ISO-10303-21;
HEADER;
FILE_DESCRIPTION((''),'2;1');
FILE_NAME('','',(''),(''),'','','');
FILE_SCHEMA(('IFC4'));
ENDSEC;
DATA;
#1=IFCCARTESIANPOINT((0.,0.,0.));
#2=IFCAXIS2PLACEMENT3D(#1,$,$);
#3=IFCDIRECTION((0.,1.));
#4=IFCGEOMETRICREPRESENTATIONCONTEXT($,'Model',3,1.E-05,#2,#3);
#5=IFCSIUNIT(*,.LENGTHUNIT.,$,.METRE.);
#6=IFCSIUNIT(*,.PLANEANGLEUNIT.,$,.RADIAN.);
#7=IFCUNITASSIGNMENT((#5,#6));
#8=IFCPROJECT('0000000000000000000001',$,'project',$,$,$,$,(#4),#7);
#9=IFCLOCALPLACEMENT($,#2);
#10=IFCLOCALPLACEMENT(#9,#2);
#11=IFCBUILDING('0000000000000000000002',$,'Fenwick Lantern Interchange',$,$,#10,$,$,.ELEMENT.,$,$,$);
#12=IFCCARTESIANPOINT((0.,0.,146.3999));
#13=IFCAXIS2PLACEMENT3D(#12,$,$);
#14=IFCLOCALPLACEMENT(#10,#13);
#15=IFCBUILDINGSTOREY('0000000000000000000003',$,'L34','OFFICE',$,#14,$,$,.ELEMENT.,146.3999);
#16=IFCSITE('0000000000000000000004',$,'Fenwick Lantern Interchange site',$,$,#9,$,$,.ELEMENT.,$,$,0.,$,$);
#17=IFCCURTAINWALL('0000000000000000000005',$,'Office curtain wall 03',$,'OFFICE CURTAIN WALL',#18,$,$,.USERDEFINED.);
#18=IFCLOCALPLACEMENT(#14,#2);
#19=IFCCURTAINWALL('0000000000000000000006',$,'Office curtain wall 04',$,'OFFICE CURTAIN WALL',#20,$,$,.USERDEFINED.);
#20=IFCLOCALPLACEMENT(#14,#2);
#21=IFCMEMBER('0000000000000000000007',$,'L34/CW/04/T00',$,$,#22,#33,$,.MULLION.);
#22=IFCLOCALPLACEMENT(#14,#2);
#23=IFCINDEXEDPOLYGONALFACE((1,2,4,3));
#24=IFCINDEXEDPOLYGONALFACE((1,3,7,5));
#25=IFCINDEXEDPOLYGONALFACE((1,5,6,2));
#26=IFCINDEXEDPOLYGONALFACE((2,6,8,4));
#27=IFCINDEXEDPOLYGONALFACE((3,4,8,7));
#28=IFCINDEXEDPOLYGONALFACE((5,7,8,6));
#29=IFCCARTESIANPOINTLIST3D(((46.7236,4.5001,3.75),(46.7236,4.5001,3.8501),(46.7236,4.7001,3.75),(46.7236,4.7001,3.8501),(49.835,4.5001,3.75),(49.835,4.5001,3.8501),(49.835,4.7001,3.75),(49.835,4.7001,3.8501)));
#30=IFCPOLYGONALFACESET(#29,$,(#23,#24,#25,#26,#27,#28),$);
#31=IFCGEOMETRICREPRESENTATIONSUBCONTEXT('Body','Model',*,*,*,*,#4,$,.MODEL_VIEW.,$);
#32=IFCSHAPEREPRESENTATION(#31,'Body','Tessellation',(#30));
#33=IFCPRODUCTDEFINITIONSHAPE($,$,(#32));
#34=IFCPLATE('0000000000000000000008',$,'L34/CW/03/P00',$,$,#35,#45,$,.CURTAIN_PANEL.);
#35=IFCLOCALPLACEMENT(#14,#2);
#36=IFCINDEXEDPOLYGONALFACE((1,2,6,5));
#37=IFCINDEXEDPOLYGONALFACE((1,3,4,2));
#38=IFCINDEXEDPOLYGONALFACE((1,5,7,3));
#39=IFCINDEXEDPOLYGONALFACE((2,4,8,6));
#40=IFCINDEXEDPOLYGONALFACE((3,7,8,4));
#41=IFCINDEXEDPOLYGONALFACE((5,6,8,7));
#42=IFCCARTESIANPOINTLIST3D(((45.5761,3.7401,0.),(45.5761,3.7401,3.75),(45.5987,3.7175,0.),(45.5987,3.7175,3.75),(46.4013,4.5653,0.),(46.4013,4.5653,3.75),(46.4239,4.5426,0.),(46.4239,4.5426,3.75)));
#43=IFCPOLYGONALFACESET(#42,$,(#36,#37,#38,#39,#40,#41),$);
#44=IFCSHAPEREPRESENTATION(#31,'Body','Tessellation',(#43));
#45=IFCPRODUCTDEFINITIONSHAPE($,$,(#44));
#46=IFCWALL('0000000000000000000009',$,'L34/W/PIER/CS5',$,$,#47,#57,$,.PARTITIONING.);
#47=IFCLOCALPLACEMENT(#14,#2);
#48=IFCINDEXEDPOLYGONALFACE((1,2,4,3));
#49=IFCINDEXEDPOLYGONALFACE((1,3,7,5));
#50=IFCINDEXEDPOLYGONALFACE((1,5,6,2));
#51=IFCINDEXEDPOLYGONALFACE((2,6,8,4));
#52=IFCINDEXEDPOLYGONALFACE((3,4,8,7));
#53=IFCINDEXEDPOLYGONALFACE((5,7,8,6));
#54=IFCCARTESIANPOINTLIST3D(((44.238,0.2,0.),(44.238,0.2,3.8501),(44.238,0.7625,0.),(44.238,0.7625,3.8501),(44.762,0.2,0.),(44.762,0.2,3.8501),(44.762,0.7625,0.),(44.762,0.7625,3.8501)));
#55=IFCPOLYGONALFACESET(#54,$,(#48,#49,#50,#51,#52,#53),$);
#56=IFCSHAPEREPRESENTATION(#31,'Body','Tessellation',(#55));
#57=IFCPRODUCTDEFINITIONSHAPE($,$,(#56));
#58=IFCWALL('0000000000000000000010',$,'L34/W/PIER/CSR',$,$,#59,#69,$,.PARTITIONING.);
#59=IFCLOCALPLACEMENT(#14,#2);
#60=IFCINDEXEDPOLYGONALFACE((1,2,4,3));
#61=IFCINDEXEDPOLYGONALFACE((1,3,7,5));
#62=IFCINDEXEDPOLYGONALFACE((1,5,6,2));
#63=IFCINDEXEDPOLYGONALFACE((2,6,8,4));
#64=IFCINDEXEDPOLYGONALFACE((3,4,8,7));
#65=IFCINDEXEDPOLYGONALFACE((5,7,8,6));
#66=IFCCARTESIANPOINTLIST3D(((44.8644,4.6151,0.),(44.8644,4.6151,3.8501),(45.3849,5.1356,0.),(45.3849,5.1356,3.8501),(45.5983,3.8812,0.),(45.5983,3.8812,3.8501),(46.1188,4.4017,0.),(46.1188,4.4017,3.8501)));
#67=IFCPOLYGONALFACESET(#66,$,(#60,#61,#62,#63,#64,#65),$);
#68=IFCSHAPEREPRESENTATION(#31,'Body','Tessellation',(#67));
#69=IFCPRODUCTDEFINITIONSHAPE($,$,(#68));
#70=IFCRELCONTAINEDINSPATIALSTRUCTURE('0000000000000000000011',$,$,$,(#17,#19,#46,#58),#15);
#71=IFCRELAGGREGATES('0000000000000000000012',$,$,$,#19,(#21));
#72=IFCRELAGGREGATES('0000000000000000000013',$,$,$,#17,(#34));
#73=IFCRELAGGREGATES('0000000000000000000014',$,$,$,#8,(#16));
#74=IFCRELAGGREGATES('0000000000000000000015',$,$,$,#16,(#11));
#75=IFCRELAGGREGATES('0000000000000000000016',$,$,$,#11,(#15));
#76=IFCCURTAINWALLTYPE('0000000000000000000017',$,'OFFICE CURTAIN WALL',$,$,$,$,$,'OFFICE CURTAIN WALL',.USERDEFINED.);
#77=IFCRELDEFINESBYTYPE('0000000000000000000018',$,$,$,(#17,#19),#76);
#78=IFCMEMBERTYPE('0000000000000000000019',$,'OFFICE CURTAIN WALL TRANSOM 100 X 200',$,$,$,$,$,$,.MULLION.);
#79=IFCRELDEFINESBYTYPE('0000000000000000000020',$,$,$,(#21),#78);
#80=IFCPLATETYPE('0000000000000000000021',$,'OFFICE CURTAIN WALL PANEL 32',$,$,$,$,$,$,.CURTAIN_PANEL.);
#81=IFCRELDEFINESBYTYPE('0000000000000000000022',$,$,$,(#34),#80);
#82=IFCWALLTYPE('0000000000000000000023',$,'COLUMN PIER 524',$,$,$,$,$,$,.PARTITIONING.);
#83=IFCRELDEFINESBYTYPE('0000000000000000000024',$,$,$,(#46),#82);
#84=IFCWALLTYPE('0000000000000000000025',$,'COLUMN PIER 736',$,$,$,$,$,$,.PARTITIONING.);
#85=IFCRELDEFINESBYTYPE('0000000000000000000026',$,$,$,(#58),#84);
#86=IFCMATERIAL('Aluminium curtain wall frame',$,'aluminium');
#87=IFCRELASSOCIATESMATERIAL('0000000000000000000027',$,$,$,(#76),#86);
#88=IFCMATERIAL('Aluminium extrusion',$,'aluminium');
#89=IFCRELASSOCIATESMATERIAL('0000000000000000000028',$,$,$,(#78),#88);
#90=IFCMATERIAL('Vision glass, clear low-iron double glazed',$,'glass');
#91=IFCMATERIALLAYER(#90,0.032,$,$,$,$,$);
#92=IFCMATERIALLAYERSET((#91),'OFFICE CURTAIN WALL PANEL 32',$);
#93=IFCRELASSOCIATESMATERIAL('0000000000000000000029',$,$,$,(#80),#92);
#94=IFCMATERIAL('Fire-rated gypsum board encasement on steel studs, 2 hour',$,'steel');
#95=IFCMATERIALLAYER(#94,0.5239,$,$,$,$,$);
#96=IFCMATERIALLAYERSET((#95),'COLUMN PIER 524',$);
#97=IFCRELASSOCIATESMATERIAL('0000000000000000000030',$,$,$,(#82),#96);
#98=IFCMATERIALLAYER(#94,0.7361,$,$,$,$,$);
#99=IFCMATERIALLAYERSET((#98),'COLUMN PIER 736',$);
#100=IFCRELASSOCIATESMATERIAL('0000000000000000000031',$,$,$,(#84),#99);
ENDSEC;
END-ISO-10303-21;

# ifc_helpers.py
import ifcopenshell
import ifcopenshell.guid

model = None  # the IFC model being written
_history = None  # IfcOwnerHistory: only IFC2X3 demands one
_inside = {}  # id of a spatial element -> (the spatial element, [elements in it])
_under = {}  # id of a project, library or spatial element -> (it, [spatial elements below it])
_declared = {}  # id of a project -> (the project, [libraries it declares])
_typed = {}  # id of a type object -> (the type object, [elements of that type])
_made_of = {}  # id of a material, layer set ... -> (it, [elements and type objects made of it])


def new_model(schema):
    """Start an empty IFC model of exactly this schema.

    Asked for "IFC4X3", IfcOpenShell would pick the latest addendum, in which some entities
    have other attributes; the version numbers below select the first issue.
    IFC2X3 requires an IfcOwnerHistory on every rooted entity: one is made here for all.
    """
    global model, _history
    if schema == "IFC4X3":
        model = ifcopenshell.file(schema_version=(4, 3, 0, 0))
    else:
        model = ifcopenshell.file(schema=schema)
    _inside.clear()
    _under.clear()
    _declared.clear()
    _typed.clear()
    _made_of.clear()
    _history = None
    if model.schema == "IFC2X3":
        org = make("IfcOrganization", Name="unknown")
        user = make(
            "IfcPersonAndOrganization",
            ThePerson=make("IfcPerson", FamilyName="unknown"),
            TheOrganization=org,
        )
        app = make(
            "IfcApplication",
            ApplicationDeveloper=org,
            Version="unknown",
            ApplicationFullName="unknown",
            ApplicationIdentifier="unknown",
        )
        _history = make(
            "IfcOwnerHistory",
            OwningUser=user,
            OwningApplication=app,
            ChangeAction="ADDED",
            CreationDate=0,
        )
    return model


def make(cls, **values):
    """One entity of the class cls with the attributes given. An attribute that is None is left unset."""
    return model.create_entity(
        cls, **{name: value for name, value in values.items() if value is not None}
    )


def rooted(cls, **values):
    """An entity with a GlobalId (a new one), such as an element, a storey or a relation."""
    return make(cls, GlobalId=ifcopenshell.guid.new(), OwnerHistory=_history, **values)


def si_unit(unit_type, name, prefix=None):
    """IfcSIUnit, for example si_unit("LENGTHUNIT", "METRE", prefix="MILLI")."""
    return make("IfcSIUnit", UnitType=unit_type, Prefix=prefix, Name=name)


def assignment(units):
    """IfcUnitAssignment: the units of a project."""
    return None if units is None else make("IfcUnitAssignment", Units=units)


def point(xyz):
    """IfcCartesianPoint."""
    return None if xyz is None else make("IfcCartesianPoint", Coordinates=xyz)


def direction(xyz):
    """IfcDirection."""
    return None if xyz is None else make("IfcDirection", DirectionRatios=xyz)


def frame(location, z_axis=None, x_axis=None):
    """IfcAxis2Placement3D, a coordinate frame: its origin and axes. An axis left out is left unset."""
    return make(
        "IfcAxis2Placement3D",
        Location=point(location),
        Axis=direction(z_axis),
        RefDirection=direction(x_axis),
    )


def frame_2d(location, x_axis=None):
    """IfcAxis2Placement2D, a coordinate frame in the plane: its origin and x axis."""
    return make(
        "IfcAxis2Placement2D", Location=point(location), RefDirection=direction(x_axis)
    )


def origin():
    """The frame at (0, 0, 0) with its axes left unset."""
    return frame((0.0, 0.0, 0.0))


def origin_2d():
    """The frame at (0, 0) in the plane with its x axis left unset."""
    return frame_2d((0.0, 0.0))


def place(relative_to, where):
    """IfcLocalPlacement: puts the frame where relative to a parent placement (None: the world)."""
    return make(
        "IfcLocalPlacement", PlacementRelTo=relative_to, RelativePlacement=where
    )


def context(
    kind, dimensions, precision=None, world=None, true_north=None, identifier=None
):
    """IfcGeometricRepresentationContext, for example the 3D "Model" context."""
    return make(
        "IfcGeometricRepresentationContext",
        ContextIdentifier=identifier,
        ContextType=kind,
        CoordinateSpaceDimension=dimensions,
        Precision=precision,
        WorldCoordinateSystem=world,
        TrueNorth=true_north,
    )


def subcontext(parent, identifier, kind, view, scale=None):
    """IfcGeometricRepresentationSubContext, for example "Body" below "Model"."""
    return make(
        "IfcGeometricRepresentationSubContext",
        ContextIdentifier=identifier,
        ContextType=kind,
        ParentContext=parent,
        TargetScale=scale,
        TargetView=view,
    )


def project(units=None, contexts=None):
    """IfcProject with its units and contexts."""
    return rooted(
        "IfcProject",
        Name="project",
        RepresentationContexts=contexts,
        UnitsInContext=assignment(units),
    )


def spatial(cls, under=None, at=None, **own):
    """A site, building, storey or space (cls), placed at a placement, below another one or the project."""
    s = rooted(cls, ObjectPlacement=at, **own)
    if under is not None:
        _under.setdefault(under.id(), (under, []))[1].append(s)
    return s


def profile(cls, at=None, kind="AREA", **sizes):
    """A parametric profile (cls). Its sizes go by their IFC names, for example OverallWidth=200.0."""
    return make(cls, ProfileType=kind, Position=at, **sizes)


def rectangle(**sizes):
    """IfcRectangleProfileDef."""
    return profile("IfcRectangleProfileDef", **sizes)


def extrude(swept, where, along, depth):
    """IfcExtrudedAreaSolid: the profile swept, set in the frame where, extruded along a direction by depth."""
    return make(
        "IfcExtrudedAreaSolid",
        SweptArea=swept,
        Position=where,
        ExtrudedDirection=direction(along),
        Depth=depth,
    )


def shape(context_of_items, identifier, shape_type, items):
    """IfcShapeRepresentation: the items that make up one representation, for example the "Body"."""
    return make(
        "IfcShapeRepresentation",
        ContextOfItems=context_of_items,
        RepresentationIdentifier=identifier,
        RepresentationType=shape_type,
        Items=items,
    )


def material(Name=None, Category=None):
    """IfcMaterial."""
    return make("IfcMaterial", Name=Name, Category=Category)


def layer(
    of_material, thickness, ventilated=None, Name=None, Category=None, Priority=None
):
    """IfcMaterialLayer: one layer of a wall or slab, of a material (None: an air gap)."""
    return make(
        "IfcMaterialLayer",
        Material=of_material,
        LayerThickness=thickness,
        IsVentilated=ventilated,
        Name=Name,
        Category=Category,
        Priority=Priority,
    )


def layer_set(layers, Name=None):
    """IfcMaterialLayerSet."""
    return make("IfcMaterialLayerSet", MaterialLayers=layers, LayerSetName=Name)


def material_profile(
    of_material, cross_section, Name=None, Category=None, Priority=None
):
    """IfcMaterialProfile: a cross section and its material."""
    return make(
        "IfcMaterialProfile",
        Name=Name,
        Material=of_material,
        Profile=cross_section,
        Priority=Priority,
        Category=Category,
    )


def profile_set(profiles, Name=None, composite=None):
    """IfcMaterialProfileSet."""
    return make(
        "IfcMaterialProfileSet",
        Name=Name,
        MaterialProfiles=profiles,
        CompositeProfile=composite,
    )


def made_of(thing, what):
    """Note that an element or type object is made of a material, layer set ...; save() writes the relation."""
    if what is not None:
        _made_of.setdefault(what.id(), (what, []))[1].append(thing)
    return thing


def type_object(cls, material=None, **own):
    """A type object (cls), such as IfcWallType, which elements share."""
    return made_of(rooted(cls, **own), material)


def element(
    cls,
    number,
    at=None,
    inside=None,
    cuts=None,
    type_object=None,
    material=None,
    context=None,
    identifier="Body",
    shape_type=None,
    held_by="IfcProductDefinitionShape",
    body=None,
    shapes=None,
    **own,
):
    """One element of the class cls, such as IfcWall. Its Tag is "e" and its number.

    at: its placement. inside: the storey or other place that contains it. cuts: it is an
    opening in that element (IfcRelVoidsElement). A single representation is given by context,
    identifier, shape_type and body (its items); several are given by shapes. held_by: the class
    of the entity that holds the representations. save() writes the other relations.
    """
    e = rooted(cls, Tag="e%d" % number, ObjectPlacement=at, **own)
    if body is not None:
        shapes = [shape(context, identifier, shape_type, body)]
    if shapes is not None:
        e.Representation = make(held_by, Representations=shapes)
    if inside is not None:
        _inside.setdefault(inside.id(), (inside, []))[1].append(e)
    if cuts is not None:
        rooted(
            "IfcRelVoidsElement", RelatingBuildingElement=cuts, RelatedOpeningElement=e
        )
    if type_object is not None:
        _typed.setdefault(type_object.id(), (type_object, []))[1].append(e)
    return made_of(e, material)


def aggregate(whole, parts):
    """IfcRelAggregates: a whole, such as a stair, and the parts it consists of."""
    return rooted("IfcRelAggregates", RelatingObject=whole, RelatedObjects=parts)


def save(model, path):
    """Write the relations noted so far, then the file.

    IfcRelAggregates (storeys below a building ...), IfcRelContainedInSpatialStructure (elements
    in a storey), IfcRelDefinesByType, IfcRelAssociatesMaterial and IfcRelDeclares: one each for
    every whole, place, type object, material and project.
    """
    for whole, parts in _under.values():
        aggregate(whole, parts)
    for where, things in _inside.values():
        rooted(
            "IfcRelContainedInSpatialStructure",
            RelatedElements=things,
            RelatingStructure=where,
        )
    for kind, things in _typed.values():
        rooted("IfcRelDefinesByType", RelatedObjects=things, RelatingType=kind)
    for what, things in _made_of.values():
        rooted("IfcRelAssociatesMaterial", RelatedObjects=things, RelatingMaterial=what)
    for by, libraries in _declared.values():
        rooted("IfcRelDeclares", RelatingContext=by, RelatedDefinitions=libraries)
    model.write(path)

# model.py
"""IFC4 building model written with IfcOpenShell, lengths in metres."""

from ifc_helpers import new_model, si_unit, direction, frame, frame_2d, origin, origin_2d, place, context, subcontext, project, spatial, rectangle, extrude, material, layer, layer_set, material_profile, profile_set, type_object, element, aggregate, save


model = new_model("IFC4")

# Units and contexts
model_context = context("Model", 3, precision=1e-05, world=origin(), true_north=direction((0.0, 1.0)))
body_context = subcontext(model_context, "Body", "Model", "MODEL_VIEW")
ifc_project = project(units=[si_unit("LENGTHUNIT", "METRE"), si_unit("PLANEANGLEUNIT", "RADIAN")], contexts=[model_context])

# Site, building, storey
site_placement = place(None, origin())
site = spatial("IfcSite", under=ifc_project, at=site_placement, Name="Fenwick Lantern Interchange site", CompositionType="ELEMENT", RefElevation=0.0)
building_placement = place(site_placement, origin())
building = spatial("IfcBuilding", under=site, at=building_placement, Name="Fenwick Lantern Interchange", CompositionType="ELEMENT")
storey_placement = place(building_placement, frame((0.0, 0.0, 146.3999)))
storey = spatial("IfcBuildingStorey", under=building, at=storey_placement, Name="L34", Description="OFFICE", CompositionType="ELEMENT", Elevation=146.3999)

# Shared definitions
ifc_material_1 = material(Name="Aluminium curtain wall frame", Category="aluminium")
curtain_wall_type = type_object("IfcCurtainWallType", Name="OFFICE CURTAIN WALL", ElementType="OFFICE CURTAIN WALL", PredefinedType="USERDEFINED", material=ifc_material_1)
ifc_material_2 = material(Name="Aluminium extrusion", Category="aluminium")

# Curtain walls
curtain_wall_1_placement = place(storey_placement, origin())
curtain_wall_1 = element("IfcCurtainWall", 1, at=curtain_wall_1_placement, inside=storey, type_object=curtain_wall_type, Name="Office curtain wall 03", ObjectType="OFFICE CURTAIN WALL", PredefinedType="USERDEFINED")
curtain_wall_2_placement = place(storey_placement, origin())
curtain_wall_2 = element("IfcCurtainWall", 2, at=curtain_wall_2_placement, inside=storey, type_object=curtain_wall_type, Name="Office curtain wall 04", ObjectType="OFFICE CURTAIN WALL", PredefinedType="USERDEFINED")

# Member
ifc_material_profile_1 = material_profile(ifc_material_2, rectangle(XDim=0.2, YDim=0.1001, at=origin_2d()), Name="OFFICE CURTAIN WALL TRANSOM 100 X 200")
ifc_profile_set_1 = profile_set([ifc_material_profile_1], Name="Aluminium extrusion")
member_type_1 = type_object("IfcMemberType", Name="OFFICE CURTAIN WALL TRANSOM 100 X 200", PredefinedType="MULLION", material=ifc_profile_set_1)
member_1_placement = place(storey_placement, frame((46.7236, 4.6001, 3.8), z_axis=(1.0, 0.0, 0.0), x_axis=(0.0, 1.0, 0.0)))
member_1 = element("IfcMember", 3, at=member_1_placement, type_object=member_type_1, Name="L34/CW/04/T00", PredefinedType="MULLION", context=body_context, shape_type="SweptSolid", body=[
    extrude(rectangle(XDim=0.2, YDim=0.1001, at=origin_2d()), origin(), (0.0, 0.0, 1.0), 3.1113),
])
aggregate(curtain_wall_2, [member_1])

# Plate
ifc_material_3 = material(Name="Vision glass, clear low-iron double glazed", Category="glass")
ifc_layer_1 = layer(ifc_material_3, 0.032)
ifc_layer_set_1 = layer_set([ifc_layer_1], Name="OFFICE CURTAIN WALL PANEL 32")
plate_type = type_object("IfcPlateType", Name="OFFICE CURTAIN WALL PANEL 32", PredefinedType="CURTAIN_PANEL", material=ifc_layer_set_1)
plate_1_placement = place(storey_placement, frame((46.0, 4.1414, 0.0), z_axis=(0.0, 0.0, 1.0), x_axis=(0.707107, 0.707107, 0.0)))
plate_1 = element("IfcPlate", 4, at=plate_1_placement, type_object=plate_type, Name="L34/CW/03/P00", PredefinedType="CURTAIN_PANEL", context=body_context, shape_type="SweptSolid", body=[
    extrude(rectangle(XDim=1.167, YDim=0.032, at=origin_2d()), origin(), (0.0, 0.0, 1.0), 3.75),
])
aggregate(curtain_wall_1, [plate_1])

# Walls
ifc_material_4 = material(Name="Fire-rated gypsum board encasement on steel studs, 2 hour", Category="steel")
ifc_layer_2 = layer(ifc_material_4, 0.5239)
ifc_layer_set_2 = layer_set([ifc_layer_2], Name="COLUMN PIER 524")
wall_type_1 = type_object("IfcWallType", Name="COLUMN PIER 524", PredefinedType="PARTITIONING", material=ifc_layer_set_2)
wall_1_placement = place(storey_placement, frame((44.5, 0.2, 0.0), z_axis=(0.0, 0.0, 1.0), x_axis=(0.0, 1.0, 0.0)))
element("IfcWall", 5, at=wall_1_placement, inside=storey, type_object=wall_type_1, Name="L34/W/PIER/CS5", PredefinedType="PARTITIONING", context=body_context, shape_type="SweptSolid", body=[
    extrude(rectangle(XDim=0.5625, YDim=0.5239, at=frame_2d((0.2812, 0.0))), origin(), (0.0, 0.0, 1.0), 3.8501),
])
ifc_layer_3 = layer(ifc_material_4, 0.7361)
ifc_layer_set_3 = layer_set([ifc_layer_3], Name="COLUMN PIER 736")
wall_type_2 = type_object("IfcWallType", Name="COLUMN PIER 736", PredefinedType="PARTITIONING", material=ifc_layer_set_3)
wall_2_placement = place(storey_placement, frame((45.8586, 4.1414, 0.0), z_axis=(0.0, 0.0, 1.0), x_axis=(-0.707107, 0.707107, 0.0)))
element("IfcWall", 6, at=wall_2_placement, inside=storey, type_object=wall_type_2, Name="L34/W/PIER/CSR", PredefinedType="PARTITIONING", context=body_context, shape_type="SweptSolid", body=[
    extrude(rectangle(XDim=1.0378, YDim=0.7361, at=frame_2d((0.519, 0.0))), origin(), (0.0, 0.0, 1.0), 3.8501),
])

save(model, "model.ifc")
